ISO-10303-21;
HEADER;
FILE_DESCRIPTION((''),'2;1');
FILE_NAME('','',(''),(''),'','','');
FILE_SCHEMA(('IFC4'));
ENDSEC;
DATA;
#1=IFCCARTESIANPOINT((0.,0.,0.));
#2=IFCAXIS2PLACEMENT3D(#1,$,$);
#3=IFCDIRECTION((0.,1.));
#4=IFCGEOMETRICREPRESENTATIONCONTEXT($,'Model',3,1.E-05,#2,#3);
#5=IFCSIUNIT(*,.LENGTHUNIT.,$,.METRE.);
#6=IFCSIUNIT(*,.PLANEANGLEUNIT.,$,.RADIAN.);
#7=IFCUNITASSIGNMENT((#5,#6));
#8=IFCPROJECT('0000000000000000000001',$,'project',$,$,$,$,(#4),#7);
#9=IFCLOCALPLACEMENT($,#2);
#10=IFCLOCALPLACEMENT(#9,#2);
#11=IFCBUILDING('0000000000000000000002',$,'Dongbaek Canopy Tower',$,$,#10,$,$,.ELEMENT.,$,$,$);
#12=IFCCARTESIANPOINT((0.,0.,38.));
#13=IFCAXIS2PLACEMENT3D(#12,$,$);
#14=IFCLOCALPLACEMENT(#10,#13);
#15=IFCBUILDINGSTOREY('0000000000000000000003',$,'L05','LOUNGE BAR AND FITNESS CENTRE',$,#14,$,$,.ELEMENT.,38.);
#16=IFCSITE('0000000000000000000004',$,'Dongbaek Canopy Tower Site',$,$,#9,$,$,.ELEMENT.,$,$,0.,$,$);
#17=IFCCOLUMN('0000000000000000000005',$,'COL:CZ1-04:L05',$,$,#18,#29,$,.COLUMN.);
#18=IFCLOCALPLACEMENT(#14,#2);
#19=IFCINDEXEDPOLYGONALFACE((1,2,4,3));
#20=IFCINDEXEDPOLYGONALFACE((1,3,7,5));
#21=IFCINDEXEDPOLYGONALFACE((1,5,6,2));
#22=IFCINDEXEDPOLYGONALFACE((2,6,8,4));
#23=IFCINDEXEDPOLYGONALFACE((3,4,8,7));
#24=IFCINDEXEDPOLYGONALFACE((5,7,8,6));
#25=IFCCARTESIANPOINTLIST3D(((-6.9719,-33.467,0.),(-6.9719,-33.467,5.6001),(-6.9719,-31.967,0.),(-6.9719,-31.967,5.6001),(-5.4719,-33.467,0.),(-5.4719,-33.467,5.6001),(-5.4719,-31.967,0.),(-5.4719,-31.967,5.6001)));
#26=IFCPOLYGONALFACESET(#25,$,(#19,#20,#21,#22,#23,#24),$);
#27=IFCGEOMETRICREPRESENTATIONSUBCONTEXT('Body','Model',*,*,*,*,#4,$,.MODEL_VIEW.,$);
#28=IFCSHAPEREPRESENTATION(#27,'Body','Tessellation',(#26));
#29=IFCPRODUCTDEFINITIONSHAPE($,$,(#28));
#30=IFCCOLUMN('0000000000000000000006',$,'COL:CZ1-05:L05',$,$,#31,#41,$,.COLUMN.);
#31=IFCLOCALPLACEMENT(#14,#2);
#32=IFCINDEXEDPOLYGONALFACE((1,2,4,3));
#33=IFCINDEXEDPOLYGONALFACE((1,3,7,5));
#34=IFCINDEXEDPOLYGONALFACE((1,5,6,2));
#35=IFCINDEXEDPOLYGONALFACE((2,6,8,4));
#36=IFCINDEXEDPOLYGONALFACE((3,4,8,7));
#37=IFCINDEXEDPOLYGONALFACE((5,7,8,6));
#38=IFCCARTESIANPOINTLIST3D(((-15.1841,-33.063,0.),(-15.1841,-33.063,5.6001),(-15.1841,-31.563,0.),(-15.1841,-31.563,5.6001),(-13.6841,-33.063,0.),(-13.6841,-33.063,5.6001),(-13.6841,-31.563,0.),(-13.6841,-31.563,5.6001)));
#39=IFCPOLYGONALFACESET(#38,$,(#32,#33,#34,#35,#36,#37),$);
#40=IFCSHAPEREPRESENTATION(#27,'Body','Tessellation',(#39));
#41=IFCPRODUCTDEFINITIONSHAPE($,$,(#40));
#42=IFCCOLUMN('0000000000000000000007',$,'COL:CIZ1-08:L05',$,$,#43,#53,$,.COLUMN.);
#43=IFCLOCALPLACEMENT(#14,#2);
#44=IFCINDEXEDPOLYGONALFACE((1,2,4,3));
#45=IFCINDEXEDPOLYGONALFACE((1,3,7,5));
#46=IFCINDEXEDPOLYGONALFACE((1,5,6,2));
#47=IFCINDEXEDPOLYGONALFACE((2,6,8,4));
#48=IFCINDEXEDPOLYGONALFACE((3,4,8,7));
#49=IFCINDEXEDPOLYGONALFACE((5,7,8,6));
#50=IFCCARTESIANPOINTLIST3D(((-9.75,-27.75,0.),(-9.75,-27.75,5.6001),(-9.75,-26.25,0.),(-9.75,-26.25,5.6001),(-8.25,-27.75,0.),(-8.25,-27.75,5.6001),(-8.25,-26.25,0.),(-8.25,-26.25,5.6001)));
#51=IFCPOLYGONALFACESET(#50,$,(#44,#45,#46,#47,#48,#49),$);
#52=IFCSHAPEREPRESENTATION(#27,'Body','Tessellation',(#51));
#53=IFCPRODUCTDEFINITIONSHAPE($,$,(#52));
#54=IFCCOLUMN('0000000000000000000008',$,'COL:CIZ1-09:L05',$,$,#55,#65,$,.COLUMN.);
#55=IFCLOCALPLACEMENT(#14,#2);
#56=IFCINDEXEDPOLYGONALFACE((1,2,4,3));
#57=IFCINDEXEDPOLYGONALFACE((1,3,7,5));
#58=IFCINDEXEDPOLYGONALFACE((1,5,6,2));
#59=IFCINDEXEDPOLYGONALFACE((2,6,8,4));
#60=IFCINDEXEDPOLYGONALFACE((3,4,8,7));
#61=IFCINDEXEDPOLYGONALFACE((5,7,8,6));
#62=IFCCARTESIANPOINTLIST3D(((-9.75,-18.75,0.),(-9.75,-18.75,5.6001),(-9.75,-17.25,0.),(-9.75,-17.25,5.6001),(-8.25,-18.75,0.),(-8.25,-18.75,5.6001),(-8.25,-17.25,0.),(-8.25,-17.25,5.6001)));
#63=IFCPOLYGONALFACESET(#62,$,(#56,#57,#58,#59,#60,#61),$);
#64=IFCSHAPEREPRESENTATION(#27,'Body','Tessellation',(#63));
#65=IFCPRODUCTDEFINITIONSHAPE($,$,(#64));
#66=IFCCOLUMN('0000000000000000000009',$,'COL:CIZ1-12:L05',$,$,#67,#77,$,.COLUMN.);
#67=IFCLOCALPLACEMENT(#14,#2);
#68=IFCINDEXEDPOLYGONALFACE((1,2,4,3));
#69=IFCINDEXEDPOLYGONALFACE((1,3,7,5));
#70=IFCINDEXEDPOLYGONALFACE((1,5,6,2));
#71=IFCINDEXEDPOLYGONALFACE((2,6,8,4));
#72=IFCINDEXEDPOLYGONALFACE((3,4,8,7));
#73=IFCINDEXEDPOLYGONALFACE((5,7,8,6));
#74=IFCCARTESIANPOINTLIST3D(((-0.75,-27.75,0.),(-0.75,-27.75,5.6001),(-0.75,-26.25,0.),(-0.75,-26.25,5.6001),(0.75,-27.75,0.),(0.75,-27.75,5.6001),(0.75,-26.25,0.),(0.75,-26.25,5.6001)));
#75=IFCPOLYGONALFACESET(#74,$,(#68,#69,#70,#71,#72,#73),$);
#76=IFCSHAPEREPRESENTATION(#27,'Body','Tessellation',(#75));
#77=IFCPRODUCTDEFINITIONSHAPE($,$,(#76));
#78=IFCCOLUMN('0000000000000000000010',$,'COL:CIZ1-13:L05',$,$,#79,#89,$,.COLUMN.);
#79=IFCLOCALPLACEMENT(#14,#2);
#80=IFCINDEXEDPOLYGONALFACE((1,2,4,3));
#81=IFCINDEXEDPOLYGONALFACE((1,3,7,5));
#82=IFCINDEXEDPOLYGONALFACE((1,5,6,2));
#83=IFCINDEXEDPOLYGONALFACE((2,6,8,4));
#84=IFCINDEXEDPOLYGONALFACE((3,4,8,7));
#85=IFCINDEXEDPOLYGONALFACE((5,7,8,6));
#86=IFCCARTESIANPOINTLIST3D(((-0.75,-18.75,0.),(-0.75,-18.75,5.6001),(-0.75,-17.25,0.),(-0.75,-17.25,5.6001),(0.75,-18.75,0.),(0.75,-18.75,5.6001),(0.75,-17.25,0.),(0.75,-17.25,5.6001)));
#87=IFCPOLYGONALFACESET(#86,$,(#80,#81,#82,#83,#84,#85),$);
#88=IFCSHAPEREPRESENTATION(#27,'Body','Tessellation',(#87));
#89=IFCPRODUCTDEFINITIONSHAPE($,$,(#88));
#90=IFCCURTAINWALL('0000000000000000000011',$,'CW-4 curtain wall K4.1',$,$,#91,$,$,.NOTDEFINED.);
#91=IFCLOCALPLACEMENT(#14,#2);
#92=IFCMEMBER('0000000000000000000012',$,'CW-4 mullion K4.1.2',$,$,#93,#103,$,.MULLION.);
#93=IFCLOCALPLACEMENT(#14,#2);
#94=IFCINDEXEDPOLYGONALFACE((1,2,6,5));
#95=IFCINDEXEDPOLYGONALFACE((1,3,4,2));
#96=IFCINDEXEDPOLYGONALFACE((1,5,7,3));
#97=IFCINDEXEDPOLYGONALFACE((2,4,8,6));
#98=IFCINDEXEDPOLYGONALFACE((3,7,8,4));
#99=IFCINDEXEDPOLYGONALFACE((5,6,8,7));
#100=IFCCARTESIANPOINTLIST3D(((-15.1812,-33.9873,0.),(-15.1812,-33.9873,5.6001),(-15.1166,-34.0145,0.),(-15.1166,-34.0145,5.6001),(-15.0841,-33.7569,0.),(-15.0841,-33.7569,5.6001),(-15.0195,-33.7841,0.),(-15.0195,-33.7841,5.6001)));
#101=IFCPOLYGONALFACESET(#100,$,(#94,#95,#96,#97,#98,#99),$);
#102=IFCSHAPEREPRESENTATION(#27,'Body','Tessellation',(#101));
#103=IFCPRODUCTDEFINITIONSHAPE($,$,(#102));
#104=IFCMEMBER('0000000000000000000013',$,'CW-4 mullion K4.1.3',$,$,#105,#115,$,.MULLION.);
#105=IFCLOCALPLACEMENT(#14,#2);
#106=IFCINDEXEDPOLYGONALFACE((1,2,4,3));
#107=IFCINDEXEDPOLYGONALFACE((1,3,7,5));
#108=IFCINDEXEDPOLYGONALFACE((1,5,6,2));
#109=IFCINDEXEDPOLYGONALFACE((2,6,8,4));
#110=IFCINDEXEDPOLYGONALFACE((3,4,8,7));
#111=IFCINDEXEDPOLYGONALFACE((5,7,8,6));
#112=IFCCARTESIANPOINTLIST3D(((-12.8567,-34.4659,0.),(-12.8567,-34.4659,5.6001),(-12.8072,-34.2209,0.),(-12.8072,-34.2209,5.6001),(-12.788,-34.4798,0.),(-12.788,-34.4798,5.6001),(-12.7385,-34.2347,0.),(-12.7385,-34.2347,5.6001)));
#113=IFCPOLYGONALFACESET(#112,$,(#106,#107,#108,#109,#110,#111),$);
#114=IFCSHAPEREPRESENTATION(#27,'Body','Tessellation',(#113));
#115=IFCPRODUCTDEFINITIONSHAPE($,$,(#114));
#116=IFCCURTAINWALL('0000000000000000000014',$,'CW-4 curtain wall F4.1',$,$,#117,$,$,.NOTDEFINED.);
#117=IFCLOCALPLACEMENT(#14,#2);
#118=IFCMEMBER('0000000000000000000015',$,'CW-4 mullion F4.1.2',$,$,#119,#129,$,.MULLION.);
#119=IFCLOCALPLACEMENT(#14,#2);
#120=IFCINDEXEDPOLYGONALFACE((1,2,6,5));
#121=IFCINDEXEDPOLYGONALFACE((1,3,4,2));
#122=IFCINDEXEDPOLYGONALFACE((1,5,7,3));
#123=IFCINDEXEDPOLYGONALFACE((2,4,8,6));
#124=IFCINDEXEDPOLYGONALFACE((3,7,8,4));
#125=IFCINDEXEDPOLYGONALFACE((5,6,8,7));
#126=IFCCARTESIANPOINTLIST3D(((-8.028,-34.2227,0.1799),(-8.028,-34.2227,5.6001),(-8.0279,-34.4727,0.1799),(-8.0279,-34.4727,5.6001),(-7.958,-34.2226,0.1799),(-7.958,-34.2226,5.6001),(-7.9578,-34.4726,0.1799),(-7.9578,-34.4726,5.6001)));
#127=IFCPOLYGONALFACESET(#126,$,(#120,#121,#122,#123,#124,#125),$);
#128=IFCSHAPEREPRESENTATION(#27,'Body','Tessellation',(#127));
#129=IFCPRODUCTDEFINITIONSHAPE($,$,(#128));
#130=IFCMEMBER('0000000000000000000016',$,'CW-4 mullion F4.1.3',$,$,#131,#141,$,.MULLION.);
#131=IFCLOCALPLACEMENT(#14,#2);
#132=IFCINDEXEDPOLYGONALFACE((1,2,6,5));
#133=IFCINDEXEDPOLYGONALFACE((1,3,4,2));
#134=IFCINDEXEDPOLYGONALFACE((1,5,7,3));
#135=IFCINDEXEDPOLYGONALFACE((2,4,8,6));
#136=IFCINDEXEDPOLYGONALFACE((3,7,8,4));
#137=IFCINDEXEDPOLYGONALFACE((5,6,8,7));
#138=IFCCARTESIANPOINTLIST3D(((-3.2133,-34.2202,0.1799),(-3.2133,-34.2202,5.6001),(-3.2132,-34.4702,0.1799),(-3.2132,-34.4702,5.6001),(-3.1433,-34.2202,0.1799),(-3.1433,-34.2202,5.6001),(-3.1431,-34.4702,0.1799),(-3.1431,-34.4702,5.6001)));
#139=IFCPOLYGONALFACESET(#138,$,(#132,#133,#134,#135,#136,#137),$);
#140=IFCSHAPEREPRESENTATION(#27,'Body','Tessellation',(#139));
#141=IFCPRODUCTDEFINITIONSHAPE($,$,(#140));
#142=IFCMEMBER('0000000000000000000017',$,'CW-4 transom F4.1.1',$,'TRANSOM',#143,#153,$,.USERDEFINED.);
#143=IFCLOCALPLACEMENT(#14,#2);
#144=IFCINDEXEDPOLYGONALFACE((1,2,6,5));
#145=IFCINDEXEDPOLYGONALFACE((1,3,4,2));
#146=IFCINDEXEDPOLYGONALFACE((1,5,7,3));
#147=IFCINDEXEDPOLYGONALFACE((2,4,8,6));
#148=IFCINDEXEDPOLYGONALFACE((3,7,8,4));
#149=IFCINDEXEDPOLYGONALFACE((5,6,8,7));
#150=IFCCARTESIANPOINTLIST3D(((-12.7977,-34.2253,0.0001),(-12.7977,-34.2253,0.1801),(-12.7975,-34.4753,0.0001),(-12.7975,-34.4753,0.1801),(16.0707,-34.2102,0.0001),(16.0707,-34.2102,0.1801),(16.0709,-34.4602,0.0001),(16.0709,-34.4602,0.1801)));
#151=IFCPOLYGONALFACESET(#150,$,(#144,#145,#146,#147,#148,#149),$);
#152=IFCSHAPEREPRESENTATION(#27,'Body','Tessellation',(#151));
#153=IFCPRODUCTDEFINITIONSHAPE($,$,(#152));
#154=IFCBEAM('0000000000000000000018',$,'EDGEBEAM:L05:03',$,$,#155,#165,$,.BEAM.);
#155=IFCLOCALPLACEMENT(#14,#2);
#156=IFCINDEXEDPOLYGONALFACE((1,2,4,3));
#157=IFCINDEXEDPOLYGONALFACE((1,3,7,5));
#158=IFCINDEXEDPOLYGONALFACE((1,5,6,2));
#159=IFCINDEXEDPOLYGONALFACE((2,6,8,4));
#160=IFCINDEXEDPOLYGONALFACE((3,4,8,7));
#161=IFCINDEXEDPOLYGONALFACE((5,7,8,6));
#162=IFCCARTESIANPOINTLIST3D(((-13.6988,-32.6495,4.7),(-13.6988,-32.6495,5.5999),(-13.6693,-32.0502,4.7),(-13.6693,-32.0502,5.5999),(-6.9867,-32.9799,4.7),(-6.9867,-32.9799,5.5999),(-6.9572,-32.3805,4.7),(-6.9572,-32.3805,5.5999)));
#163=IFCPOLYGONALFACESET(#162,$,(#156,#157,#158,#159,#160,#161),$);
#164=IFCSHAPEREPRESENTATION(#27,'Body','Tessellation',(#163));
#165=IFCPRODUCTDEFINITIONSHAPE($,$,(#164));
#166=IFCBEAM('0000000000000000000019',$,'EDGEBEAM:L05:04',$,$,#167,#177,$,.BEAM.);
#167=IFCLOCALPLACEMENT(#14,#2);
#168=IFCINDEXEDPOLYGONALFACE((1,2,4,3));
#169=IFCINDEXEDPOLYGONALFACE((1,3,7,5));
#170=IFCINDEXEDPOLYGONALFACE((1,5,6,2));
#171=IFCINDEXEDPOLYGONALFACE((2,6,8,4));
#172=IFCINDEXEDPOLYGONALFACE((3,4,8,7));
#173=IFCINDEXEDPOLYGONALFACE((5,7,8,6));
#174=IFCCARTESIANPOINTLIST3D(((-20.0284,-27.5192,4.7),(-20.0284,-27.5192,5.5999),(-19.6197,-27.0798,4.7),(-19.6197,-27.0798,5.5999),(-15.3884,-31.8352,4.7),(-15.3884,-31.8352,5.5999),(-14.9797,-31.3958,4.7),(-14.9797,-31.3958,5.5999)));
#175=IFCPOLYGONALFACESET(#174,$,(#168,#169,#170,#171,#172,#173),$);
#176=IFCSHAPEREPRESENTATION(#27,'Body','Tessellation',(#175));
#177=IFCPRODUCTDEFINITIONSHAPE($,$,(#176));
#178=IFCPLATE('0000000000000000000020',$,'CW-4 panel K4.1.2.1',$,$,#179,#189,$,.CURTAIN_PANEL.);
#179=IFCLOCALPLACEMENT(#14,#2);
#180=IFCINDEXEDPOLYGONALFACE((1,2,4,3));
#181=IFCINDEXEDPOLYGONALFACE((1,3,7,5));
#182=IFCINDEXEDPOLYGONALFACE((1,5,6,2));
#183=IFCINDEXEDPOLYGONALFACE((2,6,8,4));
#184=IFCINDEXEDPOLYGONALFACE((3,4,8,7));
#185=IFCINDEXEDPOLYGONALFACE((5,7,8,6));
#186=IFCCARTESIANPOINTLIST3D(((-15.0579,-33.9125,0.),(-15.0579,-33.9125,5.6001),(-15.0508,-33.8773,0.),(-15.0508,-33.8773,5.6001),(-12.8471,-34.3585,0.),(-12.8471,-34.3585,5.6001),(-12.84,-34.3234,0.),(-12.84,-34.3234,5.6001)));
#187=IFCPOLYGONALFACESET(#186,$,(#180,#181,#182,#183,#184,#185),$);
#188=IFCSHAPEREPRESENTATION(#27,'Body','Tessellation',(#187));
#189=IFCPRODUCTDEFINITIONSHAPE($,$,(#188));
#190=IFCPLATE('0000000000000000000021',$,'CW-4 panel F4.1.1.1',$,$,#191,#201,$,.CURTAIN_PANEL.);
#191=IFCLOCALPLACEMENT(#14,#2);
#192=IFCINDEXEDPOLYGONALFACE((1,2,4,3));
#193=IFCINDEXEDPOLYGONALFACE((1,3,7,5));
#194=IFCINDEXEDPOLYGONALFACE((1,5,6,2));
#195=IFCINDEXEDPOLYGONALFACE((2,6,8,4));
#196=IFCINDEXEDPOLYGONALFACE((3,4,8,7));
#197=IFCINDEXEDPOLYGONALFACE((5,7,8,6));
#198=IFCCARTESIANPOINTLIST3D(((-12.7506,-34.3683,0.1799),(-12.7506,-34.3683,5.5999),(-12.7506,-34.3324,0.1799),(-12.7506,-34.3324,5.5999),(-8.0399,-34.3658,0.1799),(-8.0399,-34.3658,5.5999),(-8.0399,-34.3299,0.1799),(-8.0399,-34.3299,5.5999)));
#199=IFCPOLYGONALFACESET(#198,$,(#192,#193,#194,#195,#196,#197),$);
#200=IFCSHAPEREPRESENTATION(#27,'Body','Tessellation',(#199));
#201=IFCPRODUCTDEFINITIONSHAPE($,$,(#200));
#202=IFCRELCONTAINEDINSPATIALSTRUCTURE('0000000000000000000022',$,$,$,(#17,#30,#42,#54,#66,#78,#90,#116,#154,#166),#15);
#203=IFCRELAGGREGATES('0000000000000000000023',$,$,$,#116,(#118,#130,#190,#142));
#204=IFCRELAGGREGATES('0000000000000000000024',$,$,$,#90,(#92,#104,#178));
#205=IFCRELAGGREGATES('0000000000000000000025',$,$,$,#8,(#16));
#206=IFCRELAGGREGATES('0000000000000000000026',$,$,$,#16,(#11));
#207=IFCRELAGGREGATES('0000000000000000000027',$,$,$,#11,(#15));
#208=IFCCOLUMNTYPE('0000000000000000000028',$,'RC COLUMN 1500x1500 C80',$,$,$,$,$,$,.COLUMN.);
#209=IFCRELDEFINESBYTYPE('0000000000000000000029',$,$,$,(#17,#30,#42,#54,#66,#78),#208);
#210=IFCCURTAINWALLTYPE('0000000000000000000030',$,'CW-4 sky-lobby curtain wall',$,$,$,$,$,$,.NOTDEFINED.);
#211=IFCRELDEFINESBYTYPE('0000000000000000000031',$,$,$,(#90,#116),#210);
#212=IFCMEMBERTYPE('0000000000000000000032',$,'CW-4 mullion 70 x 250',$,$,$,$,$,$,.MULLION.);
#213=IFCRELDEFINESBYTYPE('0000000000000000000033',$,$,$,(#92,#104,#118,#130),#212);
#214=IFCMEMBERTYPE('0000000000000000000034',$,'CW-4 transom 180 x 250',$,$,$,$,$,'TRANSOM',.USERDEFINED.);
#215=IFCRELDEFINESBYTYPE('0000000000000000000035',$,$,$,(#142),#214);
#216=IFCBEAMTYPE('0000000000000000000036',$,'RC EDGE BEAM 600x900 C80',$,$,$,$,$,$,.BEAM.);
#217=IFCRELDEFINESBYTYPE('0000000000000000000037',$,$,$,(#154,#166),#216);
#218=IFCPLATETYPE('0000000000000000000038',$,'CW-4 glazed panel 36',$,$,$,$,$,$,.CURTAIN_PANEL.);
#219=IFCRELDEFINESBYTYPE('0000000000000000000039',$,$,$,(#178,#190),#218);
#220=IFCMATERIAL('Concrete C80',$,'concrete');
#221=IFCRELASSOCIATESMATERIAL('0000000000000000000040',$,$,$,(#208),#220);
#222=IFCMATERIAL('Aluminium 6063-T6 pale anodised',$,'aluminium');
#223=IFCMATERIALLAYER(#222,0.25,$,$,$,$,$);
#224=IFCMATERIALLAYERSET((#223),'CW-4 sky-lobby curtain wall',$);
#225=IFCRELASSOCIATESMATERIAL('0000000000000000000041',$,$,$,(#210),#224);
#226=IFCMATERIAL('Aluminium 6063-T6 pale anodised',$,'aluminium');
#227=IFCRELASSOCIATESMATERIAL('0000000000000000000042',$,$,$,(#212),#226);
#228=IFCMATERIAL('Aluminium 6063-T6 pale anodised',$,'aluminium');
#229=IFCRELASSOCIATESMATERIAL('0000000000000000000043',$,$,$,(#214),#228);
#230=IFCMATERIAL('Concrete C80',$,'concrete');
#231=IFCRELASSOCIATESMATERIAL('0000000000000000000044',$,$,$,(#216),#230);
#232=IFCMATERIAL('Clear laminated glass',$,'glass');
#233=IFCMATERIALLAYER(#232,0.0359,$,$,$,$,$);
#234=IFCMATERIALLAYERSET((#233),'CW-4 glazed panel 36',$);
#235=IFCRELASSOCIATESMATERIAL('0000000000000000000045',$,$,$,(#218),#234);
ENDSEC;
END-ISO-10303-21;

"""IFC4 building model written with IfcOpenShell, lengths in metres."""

from ifc_helpers import new_model, si_unit, direction, frame, origin, origin_2d, place, context, subcontext, project, spatial, rectangle, extrude, material, layer, layer_set, material_profile, profile_set, type_object, element, aggregate, save


model = new_model("IFC4")

# Units and contexts
model_context = context("Model", 3, precision=1e-05, world=origin(), true_north=direction((0.0, 1.0)))
body_context = subcontext(model_context, "Body", "Model", "MODEL_VIEW")
ifc_project = project(units=[si_unit("LENGTHUNIT", "METRE"), si_unit("PLANEANGLEUNIT", "RADIAN")], contexts=[model_context])

# Site, building, storey
site_placement = place(None, origin())
site = spatial("IfcSite", under=ifc_project, at=site_placement, Name="Dongbaek Canopy Tower Site", CompositionType="ELEMENT", RefElevation=0.0)
building_placement = place(site_placement, origin())
building = spatial("IfcBuilding", under=site, at=building_placement, Name="Dongbaek Canopy Tower", CompositionType="ELEMENT")
storey_placement = place(building_placement, frame((0.0, 0.0, 38.0)))
storey = spatial("IfcBuildingStorey", under=building, at=storey_placement, Name="L05", Description="LOUNGE BAR AND FITNESS CENTRE", CompositionType="ELEMENT", Elevation=38.0)

# Columns
ifc_material_1 = material(Name="Concrete C80", Category="concrete")
ifc_material_profile_1 = material_profile(ifc_material_1, rectangle(XDim=1.5, YDim=1.5, at=origin_2d()), Name="RC COLUMN 1500x1500 C80")
ifc_profile_set_1 = profile_set([ifc_material_profile_1], Name="Concrete C80")
column_type = type_object("IfcColumnType", Name="RC COLUMN 1500x1500 C80", PredefinedType="COLUMN", material=ifc_profile_set_1)
for number, where, z_axis, x_axis, name in (
    (1, (-6.2219, -32.717, 0.0), (0.0, 0.0, 1.0), (1.0, 0.0, 0.0), "COL:CZ1-04:L05"),
    (2, (-14.4341, -32.313, 0.0), (0.0, 0.0, 1.0), (1.0, 0.0, 0.0), "COL:CZ1-05:L05"),
    (3, (-9.0, -27.0, 0.0), (0.0, 0.0, 1.0), (1.0, 0.0, 0.0), "COL:CIZ1-08:L05"),
    (4, (-9.0, -18.0, 0.0), (0.0, 0.0, 1.0), (1.0, 0.0, 0.0), "COL:CIZ1-09:L05"),
    (5, (0.0, -27.0, 0.0), (0.0, 0.0, 1.0), (1.0, 0.0, 0.0), "COL:CIZ1-12:L05"),
    (6, (0.0, -18.0, 0.0), (0.0, 0.0, 1.0), (1.0, 0.0, 0.0), "COL:CIZ1-13:L05"),
):
    element("IfcColumn", number, at=place(storey_placement, frame(where, z_axis=z_axis, x_axis=x_axis)), inside=storey, type_object=column_type, Name=name, PredefinedType="COLUMN", context=body_context, shape_type="SweptSolid", body=[
        extrude(rectangle(XDim=1.5, YDim=1.5, at=origin_2d()), origin(), (0.0, 0.0, 1.0), 5.6001),
    ])

# Curtain walls, members
ifc_material_2 = material(Name="Aluminium 6063-T6 pale anodised", Category="aluminium")
ifc_layer_1 = layer(ifc_material_2, 0.25)
ifc_layer_set_1 = layer_set([ifc_layer_1], Name="CW-4 sky-lobby curtain wall")
curtain_wall_type = type_object("IfcCurtainWallType", Name="CW-4 sky-lobby curtain wall", PredefinedType="NOTDEFINED", material=ifc_layer_set_1)
curtain_wall_1_placement = place(storey_placement, origin())
curtain_wall_1 = element("IfcCurtainWall", 7, at=curtain_wall_1_placement, inside=storey, type_object=curtain_wall_type, Name="CW-4 curtain wall K4.1", PredefinedType="NOTDEFINED")
ifc_material_3 = material(Name="Aluminium 6063-T6 pale anodised", Category="aluminium")
ifc_material_profile_2 = material_profile(ifc_material_3, rectangle(XDim=0.25, YDim=0.0701, at=origin_2d()), Name="CW-4 mullion 70 x 250")
ifc_profile_set_2 = profile_set([ifc_material_profile_2], Name="Aluminium 6063-T6 pale anodised")
member_type_1 = type_object("IfcMemberType", Name="CW-4 mullion 70 x 250", PredefinedType="MULLION", material=ifc_profile_set_2)
member_1_placement = place(storey_placement, frame((-15.1003, -33.8857, 0.0), z_axis=(0.0, 0.0, 1.0), x_axis=(-0.388229, -0.921563, 0.0)))
member_1 = element("IfcMember", 8, at=member_1_placement, type_object=member_type_1, Name="CW-4 mullion K4.1.2", PredefinedType="MULLION", context=body_context, shape_type="SweptSolid", body=[
    extrude(rectangle(XDim=0.25, YDim=0.0701, at=origin_2d()), origin(), (0.0, 0.0, 1.0), 5.6001),
])
member_2_placement = place(storey_placement, frame((-12.7976, -34.3503, 0.0), z_axis=(0.0, 0.0, 1.0), x_axis=(-0.19778, -0.980246, 0.0)))
member_2 = element("IfcMember", 9, at=member_2_placement, type_object=member_type_1, Name="CW-4 mullion K4.1.3", PredefinedType="MULLION", context=body_context, shape_type="SweptSolid", body=[
    extrude(rectangle(XDim=0.25, YDim=0.0701, at=origin_2d()), origin(), (0.0, 0.0, 1.0), 5.6001),
])
curtain_wall_2_placement = place(storey_placement, origin())
curtain_wall_2 = element("IfcCurtainWall", 10, at=curtain_wall_2_placement, inside=storey, type_object=curtain_wall_type, Name="CW-4 curtain wall F4.1", PredefinedType="NOTDEFINED")
member_3_placement = place(storey_placement, frame((-7.9929, -34.3477, 0.1799), z_axis=(0.0, 0.0, 1.0), x_axis=(0.000524, -1.0, 0.0)))
member_3 = element("IfcMember", 11, at=member_3_placement, type_object=member_type_1, Name="CW-4 mullion F4.1.2", PredefinedType="MULLION", context=body_context, shape_type="SweptSolid", body=[
    extrude(rectangle(XDim=0.25, YDim=0.0701, at=origin_2d()), origin(), (0.0, 0.0, 1.0), 5.4202),
])
member_4_placement = place(storey_placement, frame((-3.1782, -34.3452, 0.1799), z_axis=(0.0, 0.0, 1.0), x_axis=(0.000524, -1.0, 0.0)))
member_4 = element("IfcMember", 12, at=member_4_placement, type_object=member_type_1, Name="CW-4 mullion F4.1.3", PredefinedType="MULLION", context=body_context, shape_type="SweptSolid", body=[
    extrude(rectangle(XDim=0.25, YDim=0.0701, at=origin_2d()), origin(), (0.0, 0.0, 1.0), 5.4202),
])
ifc_material_4 = material(Name="Aluminium 6063-T6 pale anodised", Category="aluminium")
ifc_material_profile_3 = material_profile(ifc_material_4, rectangle(XDim=0.25, YDim=0.1799, at=origin_2d()), Name="CW-4 transom 180 x 250")
ifc_profile_set_3 = profile_set([ifc_material_profile_3], Name="Aluminium 6063-T6 pale anodised")
member_type_2 = type_object("IfcMemberType", Name="CW-4 transom 180 x 250", ElementType="TRANSOM", PredefinedType="USERDEFINED", material=ifc_profile_set_3)
member_5_placement = place(storey_placement, frame((-12.7976, -34.3503, 0.0901), z_axis=(1.0, 0.000524, 0.0), x_axis=(-0.000524, 1.0, 0.0)))
member_5 = element("IfcMember", 13, at=member_5_placement, type_object=member_type_2, Name="CW-4 transom F4.1.1", ObjectType="TRANSOM", PredefinedType="USERDEFINED", context=body_context, shape_type="SweptSolid", body=[
    extrude(rectangle(XDim=0.25, YDim=0.1799, at=origin_2d()), origin(), (0.0, 0.0, 1.0), 28.8684),
])

# Beams
ifc_material_5 = material(Name="Concrete C80", Category="concrete")
ifc_material_profile_4 = material_profile(ifc_material_5, rectangle(XDim=0.6001, YDim=0.8999, at=origin_2d()), Name="RC EDGE BEAM 600x900 C80")
ifc_profile_set_4 = profile_set([ifc_material_profile_4], Name="Concrete C80")
beam_type = type_object("IfcBeamType", Name="RC EDGE BEAM 600x900 C80", PredefinedType="BEAM", material=ifc_profile_set_4)
beam_1_placement = place(storey_placement, frame((-6.9719, -32.6802, 5.1499), z_axis=(-0.998791, 0.049153, 0.0), x_axis=(-0.049153, -0.998791, 0.0)))
element("IfcBeam", 14, at=beam_1_placement, inside=storey, type_object=beam_type, Name="EDGEBEAM:L05:03", PredefinedType="BEAM", context=body_context, shape_type="SweptSolid", body=[
    extrude(rectangle(XDim=0.6001, YDim=0.8999, at=origin_2d()), origin(), (0.0, 0.0, 1.0), 6.7202),
])
beam_2_placement = place(storey_placement, frame((-15.1841, -31.6155, 5.1499), z_axis=(-0.732207, 0.681082, 0.0), x_axis=(-0.681082, -0.732207, 0.0)))
element("IfcBeam", 15, at=beam_2_placement, inside=storey, type_object=beam_type, Name="EDGEBEAM:L05:04", PredefinedType="BEAM", context=body_context, shape_type="SweptSolid", body=[
    extrude(rectangle(XDim=0.6001, YDim=0.8999, at=origin_2d()), origin(), (0.0, 0.0, 1.0), 6.3369),
])

# Plates
ifc_material_6 = material(Name="Clear laminated glass", Category="glass")
ifc_layer_2 = layer(ifc_material_6, 0.0359)
ifc_layer_set_2 = layer_set([ifc_layer_2], Name="CW-4 glazed panel 36")
plate_type = type_object("IfcPlateType", Name="CW-4 glazed panel 36", PredefinedType="CURTAIN_PANEL", material=ifc_layer_set_2)
plate_1_placement = place(storey_placement, frame((-13.949, -34.1179, 0.0), z_axis=(0.0, 0.0, 1.0), x_axis=(0.980246, -0.19778, 0.0)))
plate_1 = element("IfcPlate", 16, at=plate_1_placement, type_object=plate_type, Name="CW-4 panel K4.1.2.1", PredefinedType="CURTAIN_PANEL", context=body_context, shape_type="SweptSolid", body=[
    extrude(rectangle(XDim=2.2554, YDim=0.0359, at=origin_2d()), origin(), (0.0, 0.0, 1.0), 5.6001),
])
plate_2_placement = place(storey_placement, frame((-10.3953, -34.3491, 0.1799), z_axis=(0.0, 0.0, 1.0), x_axis=(1.0, 0.000524, 0.0)))
plate_2 = element("IfcPlate", 17, at=plate_2_placement, type_object=plate_type, Name="CW-4 panel F4.1.1.1", PredefinedType="CURTAIN_PANEL", context=body_context, shape_type="SweptSolid", body=[
    extrude(rectangle(XDim=4.7107, YDim=0.0359, at=origin_2d()), origin(), (0.0, 0.0, 1.0), 5.4199),
])
aggregate(curtain_wall_2, [member_3, member_4, plate_2, member_5])

aggregate(curtain_wall_1, [member_1, member_2, plate_1])

save(model, "model.ifc")
